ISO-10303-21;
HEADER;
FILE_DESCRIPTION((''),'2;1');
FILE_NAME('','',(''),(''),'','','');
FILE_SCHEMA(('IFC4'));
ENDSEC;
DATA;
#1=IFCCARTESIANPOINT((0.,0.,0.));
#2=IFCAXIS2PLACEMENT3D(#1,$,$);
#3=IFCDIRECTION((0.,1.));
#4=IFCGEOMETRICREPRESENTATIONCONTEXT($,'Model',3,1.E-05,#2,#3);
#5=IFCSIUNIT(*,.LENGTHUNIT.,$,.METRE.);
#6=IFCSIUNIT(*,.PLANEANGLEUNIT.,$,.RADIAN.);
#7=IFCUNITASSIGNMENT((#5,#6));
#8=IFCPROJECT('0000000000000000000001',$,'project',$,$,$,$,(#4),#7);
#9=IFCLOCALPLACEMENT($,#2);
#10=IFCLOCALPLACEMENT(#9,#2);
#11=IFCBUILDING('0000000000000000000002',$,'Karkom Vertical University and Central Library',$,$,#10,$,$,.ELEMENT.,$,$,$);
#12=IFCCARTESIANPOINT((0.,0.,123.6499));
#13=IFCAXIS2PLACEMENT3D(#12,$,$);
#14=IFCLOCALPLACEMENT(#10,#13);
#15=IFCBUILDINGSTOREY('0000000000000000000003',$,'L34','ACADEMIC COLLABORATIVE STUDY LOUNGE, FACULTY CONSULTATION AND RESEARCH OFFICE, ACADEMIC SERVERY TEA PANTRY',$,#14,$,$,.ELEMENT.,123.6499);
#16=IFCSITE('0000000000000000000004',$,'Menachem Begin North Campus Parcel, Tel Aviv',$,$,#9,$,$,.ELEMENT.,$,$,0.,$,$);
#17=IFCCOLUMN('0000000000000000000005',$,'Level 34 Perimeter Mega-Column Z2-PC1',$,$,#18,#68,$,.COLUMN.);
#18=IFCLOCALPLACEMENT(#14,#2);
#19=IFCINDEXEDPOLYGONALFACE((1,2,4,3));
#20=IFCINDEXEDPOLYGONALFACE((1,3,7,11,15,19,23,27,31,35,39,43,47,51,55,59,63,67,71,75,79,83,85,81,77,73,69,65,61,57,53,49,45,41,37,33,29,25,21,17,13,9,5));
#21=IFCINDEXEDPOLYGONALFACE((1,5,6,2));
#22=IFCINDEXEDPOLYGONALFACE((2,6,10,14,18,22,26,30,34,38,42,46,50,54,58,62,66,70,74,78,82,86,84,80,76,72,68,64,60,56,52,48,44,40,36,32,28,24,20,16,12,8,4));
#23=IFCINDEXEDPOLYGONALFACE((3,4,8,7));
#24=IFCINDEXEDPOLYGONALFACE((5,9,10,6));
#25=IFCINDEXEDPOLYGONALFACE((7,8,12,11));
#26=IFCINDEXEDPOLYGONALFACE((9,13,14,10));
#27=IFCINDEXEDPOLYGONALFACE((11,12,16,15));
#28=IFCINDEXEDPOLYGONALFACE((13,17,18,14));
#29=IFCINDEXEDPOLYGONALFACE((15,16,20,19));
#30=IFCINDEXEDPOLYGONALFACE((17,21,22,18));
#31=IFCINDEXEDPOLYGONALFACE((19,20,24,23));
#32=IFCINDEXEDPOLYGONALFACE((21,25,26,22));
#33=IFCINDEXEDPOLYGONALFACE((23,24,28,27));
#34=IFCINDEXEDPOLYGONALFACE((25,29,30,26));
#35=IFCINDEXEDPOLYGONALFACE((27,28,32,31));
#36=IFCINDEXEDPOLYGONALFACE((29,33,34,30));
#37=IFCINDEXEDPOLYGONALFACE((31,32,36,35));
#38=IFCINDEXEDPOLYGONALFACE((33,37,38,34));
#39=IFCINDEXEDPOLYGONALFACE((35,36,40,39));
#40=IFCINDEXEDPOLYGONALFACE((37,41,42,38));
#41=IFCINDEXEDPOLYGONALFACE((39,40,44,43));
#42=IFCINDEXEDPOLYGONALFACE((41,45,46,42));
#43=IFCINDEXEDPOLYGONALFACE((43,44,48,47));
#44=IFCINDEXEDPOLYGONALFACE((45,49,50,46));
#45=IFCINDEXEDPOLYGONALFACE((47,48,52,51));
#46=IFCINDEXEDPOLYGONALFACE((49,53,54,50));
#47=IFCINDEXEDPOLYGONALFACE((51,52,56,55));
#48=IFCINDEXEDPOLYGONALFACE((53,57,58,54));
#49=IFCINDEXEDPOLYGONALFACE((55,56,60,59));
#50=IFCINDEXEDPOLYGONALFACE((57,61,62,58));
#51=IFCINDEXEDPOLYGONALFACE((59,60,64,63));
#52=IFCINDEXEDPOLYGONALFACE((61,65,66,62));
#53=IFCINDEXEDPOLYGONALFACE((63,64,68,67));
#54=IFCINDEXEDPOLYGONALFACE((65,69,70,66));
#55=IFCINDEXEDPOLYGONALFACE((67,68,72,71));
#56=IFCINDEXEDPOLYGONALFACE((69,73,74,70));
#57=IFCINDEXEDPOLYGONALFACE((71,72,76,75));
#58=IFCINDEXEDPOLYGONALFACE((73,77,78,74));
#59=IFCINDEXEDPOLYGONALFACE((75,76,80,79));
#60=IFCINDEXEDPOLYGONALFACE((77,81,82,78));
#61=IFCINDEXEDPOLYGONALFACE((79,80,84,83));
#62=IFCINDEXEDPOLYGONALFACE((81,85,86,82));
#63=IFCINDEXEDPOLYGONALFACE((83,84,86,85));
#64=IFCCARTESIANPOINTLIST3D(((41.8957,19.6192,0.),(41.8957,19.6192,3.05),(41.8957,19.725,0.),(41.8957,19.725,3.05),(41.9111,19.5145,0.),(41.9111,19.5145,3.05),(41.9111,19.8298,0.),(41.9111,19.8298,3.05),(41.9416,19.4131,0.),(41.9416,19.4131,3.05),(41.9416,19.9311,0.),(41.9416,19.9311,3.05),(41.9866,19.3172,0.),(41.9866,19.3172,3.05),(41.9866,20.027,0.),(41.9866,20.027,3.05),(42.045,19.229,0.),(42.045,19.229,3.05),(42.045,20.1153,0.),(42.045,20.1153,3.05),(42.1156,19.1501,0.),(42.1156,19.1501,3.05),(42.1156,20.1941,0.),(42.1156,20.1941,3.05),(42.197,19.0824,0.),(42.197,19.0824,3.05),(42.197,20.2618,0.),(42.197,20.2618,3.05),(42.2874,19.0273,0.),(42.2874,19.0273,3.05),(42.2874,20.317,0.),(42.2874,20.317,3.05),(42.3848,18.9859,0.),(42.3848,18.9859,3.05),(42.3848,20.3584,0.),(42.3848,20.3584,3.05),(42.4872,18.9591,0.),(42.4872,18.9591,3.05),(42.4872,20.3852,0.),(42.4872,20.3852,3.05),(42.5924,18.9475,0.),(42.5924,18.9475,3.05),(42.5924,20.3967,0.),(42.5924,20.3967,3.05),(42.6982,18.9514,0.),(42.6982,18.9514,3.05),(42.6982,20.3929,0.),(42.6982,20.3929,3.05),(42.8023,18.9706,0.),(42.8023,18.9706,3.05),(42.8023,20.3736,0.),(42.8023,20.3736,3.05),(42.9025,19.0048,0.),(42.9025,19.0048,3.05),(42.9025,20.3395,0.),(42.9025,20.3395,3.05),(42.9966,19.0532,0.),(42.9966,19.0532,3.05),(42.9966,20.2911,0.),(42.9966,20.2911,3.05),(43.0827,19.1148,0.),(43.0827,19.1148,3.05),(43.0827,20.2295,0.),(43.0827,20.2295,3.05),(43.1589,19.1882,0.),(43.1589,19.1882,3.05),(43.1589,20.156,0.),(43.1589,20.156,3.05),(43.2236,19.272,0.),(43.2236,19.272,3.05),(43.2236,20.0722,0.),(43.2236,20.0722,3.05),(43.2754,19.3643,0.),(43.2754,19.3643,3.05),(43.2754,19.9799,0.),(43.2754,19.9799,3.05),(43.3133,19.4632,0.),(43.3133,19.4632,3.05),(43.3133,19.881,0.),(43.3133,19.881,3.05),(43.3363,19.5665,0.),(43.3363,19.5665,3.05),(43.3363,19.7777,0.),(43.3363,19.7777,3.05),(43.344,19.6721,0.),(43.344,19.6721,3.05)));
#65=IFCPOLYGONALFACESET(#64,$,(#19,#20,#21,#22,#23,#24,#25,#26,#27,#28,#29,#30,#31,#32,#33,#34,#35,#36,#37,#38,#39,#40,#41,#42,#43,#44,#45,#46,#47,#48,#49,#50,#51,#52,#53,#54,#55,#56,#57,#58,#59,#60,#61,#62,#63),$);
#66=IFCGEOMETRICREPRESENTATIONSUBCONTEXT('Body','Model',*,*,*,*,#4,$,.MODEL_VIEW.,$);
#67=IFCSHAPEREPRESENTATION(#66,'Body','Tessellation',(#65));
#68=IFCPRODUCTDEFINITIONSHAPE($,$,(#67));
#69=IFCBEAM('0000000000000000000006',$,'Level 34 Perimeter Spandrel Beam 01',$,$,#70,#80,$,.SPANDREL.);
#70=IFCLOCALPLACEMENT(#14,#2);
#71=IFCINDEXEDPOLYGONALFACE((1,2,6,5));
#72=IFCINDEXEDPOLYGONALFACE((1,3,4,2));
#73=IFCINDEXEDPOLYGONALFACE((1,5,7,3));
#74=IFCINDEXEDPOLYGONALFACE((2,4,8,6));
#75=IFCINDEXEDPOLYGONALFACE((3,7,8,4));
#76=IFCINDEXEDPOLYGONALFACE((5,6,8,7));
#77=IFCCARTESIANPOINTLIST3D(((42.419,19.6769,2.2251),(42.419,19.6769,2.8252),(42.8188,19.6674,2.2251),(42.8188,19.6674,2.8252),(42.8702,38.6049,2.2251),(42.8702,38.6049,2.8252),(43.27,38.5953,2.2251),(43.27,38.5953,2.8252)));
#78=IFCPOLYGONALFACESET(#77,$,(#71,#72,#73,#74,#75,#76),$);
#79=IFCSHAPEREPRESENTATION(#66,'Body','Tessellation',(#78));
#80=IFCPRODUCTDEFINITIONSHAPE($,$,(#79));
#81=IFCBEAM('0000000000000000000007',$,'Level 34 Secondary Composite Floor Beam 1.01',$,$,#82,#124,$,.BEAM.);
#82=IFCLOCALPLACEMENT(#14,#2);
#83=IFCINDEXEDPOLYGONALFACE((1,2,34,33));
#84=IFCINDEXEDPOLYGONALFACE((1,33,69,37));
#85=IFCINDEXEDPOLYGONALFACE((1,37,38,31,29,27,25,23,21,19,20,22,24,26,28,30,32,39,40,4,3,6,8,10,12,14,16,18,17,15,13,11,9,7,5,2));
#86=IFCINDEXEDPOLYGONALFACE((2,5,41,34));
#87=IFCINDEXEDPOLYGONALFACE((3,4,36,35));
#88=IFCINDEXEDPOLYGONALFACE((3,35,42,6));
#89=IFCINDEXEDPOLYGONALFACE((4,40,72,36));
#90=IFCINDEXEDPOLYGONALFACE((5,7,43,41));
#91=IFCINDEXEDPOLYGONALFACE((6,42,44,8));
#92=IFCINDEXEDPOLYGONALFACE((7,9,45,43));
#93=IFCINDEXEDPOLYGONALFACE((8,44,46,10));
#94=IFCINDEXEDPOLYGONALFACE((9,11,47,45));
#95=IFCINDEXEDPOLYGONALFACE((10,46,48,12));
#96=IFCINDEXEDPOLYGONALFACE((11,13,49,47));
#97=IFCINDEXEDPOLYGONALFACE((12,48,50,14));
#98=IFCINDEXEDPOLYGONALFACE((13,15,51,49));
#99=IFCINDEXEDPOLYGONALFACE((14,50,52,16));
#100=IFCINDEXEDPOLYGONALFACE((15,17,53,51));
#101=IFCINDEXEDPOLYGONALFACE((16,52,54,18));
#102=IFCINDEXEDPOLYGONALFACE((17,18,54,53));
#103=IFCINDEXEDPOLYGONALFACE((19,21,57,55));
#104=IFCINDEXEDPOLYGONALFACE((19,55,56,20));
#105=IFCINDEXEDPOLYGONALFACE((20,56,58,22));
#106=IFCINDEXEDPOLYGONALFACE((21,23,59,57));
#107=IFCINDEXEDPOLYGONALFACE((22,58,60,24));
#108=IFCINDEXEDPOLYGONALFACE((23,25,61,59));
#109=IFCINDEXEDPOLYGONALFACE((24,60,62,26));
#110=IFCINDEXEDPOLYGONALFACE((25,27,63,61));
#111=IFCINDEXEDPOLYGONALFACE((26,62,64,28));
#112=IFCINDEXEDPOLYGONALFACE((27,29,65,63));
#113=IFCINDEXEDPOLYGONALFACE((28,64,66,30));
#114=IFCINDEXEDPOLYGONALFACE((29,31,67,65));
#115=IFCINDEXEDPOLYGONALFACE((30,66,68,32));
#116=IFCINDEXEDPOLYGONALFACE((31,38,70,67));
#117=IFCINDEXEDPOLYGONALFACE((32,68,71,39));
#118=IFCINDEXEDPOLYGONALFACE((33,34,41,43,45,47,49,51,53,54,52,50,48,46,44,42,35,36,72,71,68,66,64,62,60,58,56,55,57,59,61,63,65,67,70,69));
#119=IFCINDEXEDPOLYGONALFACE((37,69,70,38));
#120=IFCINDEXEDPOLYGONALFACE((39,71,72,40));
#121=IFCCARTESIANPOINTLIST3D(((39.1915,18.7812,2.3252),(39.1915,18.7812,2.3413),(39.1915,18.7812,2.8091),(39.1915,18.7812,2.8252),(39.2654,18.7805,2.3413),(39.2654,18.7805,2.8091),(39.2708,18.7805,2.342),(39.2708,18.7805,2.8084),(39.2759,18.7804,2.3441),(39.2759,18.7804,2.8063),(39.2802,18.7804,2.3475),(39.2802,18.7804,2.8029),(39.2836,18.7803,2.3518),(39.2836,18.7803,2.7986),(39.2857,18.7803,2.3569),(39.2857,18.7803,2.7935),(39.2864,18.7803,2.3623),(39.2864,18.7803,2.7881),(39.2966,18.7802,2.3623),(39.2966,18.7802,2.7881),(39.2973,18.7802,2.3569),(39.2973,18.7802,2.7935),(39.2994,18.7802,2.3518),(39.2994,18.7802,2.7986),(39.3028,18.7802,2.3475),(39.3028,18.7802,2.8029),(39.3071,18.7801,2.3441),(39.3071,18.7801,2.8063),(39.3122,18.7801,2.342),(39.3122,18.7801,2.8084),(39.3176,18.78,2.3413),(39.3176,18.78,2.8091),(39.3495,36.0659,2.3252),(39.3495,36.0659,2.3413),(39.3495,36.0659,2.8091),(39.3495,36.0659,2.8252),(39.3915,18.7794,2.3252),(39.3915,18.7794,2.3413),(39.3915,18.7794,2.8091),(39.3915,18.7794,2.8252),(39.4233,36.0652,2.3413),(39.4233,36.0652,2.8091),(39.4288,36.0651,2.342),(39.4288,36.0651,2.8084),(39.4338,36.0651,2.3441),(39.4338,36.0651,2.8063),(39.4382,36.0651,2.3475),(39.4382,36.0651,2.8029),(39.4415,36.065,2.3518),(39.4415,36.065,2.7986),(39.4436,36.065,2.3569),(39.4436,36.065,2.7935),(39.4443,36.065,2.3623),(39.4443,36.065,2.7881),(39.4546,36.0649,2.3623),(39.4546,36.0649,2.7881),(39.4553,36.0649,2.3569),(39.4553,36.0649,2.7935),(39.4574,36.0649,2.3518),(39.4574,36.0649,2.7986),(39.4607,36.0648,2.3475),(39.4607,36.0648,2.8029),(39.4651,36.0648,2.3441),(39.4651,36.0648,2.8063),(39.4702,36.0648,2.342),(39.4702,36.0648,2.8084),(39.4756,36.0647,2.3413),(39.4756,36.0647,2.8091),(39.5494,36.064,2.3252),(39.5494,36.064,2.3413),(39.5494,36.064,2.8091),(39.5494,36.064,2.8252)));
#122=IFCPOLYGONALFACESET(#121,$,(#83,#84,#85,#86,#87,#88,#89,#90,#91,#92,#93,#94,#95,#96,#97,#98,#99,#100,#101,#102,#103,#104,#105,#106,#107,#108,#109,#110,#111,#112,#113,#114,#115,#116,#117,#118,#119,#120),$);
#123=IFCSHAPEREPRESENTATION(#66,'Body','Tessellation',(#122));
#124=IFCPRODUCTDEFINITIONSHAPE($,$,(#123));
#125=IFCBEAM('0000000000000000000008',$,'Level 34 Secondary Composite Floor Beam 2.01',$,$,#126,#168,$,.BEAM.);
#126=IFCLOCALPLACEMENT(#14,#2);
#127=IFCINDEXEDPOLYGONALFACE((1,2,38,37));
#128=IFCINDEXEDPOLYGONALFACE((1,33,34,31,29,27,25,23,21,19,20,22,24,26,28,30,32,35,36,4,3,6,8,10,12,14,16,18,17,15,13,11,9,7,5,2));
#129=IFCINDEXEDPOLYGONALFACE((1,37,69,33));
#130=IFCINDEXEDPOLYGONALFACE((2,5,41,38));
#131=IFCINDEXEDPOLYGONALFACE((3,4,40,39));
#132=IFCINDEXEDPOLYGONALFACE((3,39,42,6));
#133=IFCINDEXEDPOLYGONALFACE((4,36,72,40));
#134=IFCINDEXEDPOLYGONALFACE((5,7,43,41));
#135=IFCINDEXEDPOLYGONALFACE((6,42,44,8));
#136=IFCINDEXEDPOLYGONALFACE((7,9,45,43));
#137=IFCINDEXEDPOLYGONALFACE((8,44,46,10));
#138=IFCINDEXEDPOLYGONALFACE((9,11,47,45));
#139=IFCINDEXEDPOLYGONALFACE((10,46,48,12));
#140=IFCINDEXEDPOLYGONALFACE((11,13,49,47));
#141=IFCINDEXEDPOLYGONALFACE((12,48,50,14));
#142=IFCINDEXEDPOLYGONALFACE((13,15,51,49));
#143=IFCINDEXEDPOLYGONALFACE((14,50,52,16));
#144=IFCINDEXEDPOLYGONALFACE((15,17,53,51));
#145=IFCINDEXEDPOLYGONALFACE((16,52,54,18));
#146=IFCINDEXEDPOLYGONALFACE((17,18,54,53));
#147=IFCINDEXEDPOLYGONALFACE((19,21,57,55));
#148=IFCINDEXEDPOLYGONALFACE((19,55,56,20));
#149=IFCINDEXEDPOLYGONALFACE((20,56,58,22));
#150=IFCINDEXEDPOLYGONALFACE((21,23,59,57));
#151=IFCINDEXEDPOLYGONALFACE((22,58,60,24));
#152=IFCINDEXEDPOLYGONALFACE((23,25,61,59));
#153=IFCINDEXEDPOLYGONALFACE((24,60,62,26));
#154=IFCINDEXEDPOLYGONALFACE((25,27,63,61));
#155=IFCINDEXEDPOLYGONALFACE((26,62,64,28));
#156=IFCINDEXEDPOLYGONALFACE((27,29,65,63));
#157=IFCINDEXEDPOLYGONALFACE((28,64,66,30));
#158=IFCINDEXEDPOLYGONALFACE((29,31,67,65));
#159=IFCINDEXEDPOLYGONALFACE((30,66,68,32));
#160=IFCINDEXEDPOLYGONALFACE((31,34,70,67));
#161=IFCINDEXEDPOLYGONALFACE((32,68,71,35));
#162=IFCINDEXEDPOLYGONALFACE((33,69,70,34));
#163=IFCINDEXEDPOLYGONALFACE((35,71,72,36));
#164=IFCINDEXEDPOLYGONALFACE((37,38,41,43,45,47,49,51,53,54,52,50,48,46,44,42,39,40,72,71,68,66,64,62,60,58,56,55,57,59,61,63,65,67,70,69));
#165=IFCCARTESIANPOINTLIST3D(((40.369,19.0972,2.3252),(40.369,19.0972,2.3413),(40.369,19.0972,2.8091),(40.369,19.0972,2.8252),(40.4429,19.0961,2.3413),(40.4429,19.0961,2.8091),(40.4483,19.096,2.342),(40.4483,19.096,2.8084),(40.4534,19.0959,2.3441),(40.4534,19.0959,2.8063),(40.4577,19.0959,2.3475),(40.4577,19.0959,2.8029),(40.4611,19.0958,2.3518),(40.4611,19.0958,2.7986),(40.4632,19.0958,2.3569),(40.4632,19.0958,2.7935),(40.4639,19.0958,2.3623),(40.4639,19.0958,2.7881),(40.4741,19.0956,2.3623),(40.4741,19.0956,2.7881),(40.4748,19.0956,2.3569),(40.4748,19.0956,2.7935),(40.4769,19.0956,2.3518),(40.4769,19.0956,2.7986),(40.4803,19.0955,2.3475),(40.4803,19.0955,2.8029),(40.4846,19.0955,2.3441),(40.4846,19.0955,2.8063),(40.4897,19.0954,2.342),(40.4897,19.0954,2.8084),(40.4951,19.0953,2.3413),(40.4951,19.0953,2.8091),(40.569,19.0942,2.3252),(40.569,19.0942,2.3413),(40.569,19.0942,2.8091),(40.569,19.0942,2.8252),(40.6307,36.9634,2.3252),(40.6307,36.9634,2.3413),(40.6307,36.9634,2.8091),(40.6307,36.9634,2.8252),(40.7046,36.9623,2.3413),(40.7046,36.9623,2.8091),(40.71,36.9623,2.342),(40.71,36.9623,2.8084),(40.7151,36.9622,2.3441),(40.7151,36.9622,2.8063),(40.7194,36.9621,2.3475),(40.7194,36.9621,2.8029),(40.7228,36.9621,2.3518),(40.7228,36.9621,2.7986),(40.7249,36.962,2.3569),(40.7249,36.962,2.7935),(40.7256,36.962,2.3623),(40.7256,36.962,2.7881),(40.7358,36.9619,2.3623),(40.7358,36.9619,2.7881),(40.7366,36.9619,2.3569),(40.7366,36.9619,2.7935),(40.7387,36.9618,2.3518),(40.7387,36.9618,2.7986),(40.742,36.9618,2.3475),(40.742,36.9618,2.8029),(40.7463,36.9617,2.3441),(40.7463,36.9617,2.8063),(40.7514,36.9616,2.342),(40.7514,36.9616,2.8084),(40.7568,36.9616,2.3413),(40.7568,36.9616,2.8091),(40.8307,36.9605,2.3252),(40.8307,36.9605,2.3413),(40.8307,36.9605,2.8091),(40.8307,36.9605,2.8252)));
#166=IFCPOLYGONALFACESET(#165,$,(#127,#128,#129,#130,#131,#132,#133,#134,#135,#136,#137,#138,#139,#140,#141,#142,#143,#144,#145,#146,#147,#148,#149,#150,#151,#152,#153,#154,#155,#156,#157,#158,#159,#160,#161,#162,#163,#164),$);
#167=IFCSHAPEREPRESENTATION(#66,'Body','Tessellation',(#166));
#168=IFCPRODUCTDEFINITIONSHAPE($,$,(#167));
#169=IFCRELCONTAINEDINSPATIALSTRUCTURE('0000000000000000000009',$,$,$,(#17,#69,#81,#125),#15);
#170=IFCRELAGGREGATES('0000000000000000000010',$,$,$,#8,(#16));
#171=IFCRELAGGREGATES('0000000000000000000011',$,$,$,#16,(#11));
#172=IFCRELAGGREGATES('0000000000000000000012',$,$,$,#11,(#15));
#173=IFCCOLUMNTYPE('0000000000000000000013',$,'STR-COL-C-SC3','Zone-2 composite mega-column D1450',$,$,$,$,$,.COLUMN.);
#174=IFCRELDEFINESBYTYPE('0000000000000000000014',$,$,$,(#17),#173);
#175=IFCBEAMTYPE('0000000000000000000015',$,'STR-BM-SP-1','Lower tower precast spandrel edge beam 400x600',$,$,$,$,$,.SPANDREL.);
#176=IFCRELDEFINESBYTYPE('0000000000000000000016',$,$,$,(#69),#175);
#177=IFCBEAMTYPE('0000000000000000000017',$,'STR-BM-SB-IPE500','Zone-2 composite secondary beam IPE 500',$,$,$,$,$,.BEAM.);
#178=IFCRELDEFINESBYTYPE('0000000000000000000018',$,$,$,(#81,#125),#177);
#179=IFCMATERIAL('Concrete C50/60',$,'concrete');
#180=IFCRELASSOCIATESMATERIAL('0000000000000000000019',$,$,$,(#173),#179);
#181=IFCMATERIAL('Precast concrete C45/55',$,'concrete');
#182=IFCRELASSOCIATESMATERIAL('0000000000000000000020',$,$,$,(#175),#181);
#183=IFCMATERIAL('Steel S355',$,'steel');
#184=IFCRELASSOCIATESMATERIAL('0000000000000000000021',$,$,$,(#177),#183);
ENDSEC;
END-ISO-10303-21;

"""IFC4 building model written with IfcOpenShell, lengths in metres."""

from ifc_helpers import new_model, si_unit, direction, frame, origin, origin_with_axes, origin_2d, place, context, subcontext, project, spatial, rectangle, circle, i_section, extrude, source, transform, mapped, material, material_profile, profile_set, type_object, element, save


model = new_model("IFC4")

# Units and contexts
model_context = context("Model", 3, precision=1e-05, world=origin(), true_north=direction((0.0, 1.0)))
body_context = subcontext(model_context, "Body", "Model", "MODEL_VIEW")
ifc_project = project(units=[si_unit("LENGTHUNIT", "METRE"), si_unit("PLANEANGLEUNIT", "RADIAN")], contexts=[model_context])

# Site, building, storey
site_placement = place(None, origin())
site = spatial("IfcSite", under=ifc_project, at=site_placement, Name="Menachem Begin North Campus Parcel, Tel Aviv", CompositionType="ELEMENT", RefElevation=0.0)
building_placement = place(site_placement, origin())
building = spatial("IfcBuilding", under=site, at=building_placement, Name="Karkom Vertical University and Central Library", CompositionType="ELEMENT")
storey_placement = place(building_placement, frame((0.0, 0.0, 123.6499)))
storey = spatial("IfcBuildingStorey", under=building, at=storey_placement, Name="L34", Description="ACADEMIC COLLABORATIVE STUDY LOUNGE, FACULTY CONSULTATION AND RESEARCH OFFICE, ACADEMIC SERVERY TEA PANTRY", CompositionType="ELEMENT", Elevation=123.6499)

# Column
ifc_material_1 = material(Name="Concrete C50/60", Category="concrete")
ifc_material_profile_1 = material_profile(ifc_material_1, circle(Radius=0.7251, at=origin_2d()), Name="CFT-D1450")
ifc_profile_set_1 = profile_set([ifc_material_profile_1], Name="Concrete C50/60")
column_type = type_object("IfcColumnType", Name="STR-COL-C-SC3", Description="Zone-2 composite mega-column D1450", PredefinedType="COLUMN", material=ifc_profile_set_1)
shared_shape_1 = source(origin_with_axes(), body_context, "Body", "SweptSolid", [
    extrude(circle(Radius=0.7251, at=origin_2d()), origin(), (0.0, 0.0, 1.0), 3.05),
])
column_placement = place(storey_placement, frame((42.6189, 19.6721, 0.0), z_axis=(0.0, 0.0, 1.0), x_axis=(1.0, 0.0, 0.0)))
element("IfcColumn", 1, at=column_placement, inside=storey, type_object=column_type, Name="Level 34 Perimeter Mega-Column Z2-PC1", PredefinedType="COLUMN", context=body_context, shape_type="MappedRepresentation", body=[
    mapped(shared_shape_1, transform((0.0, 0.0, 0.0), scale=1.0)),
])

# Beams
ifc_material_2 = material(Name="Precast concrete C45/55", Category="concrete")
ifc_material_profile_2 = material_profile(ifc_material_2, rectangle(XDim=0.3999, YDim=0.6001, at=origin_2d()), Name="SPB-400x600")
ifc_profile_set_2 = profile_set([ifc_material_profile_2], Name="Precast concrete C45/55")
beam_type_1 = type_object("IfcBeamType", Name="STR-BM-SP-1", Description="Lower tower precast spandrel edge beam 400x600", PredefinedType="SPANDREL", material=ifc_profile_set_2)
shared_shape_2 = source(origin_with_axes(), body_context, "Body", "SweptSolid", [
    extrude(rectangle(XDim=0.3999, YDim=0.6001, at=origin_2d()), origin(), (0.0, 0.0, 1.0), 18.9333),
])
beam_1_placement = place(storey_placement, frame((42.6189, 19.6721, 2.5251), z_axis=(0.023829, 0.999716, 0.0), x_axis=(-0.999716, 0.023829, 0.0)))
element("IfcBeam", 2, at=beam_1_placement, inside=storey, type_object=beam_type_1, Name="Level 34 Perimeter Spandrel Beam 01", PredefinedType="SPANDREL", context=body_context, shape_type="MappedRepresentation", body=[
    mapped(shared_shape_2, transform((0.0, 0.0, 0.0), scale=1.0)),
])
ifc_material_3 = material(Name="Steel S355", Category="steel")
ifc_material_profile_3 = material_profile(ifc_material_3, i_section(OverallWidth=0.2, OverallDepth=0.5, WebThickness=0.0103, FlangeThickness=0.0161, FilletRadius=0.021, at=origin_2d()), Name="IPE 500")
ifc_profile_set_3 = profile_set([ifc_material_profile_3], Name="Steel S355")
beam_type_2 = type_object("IfcBeamType", Name="STR-BM-SB-IPE500", Description="Zone-2 composite secondary beam IPE 500", PredefinedType="BEAM", material=ifc_profile_set_3)
shared_shape_3 = source(origin_with_axes(), body_context, "Body", "SweptSolid", [
    extrude(i_section(OverallWidth=0.2, OverallDepth=0.5, WebThickness=0.0103, FlangeThickness=0.0161, FilletRadius=0.021, at=origin_2d()), origin(), (0.0, 0.0, 1.0), 17.2854),
])
beam_2_placement = place(storey_placement, frame((39.2915, 18.7803, 2.5752), z_axis=(0.009138, 0.999958, 0.0), x_axis=(-0.999958, 0.009138, 0.0)))
element("IfcBeam", 3, at=beam_2_placement, inside=storey, type_object=beam_type_2, Name="Level 34 Secondary Composite Floor Beam 1.01", PredefinedType="BEAM", context=body_context, shape_type="MappedRepresentation", body=[
    mapped(shared_shape_3, transform((0.0, 0.0, 0.0), scale=1.0)),
])
shared_shape_4 = source(origin_with_axes(), body_context, "Body", "SweptSolid", [
    extrude(i_section(OverallWidth=0.2, OverallDepth=0.5, WebThickness=0.0103, FlangeThickness=0.0161, FilletRadius=0.021, at=origin_2d()), origin(), (0.0, 0.0, 1.0), 17.8682),
])
beam_3_placement = place(storey_placement, frame((40.469, 19.0957, 2.5752), z_axis=(0.014647, 0.999893, 0.0), x_axis=(-0.999893, 0.014647, 0.0)))
element("IfcBeam", 4, at=beam_3_placement, inside=storey, type_object=beam_type_2, Name="Level 34 Secondary Composite Floor Beam 2.01", PredefinedType="BEAM", context=body_context, shape_type="MappedRepresentation", body=[
    mapped(shared_shape_4, transform((0.0, 0.0, 0.0), scale=1.0)),
])

save(model, "model.ifc")
